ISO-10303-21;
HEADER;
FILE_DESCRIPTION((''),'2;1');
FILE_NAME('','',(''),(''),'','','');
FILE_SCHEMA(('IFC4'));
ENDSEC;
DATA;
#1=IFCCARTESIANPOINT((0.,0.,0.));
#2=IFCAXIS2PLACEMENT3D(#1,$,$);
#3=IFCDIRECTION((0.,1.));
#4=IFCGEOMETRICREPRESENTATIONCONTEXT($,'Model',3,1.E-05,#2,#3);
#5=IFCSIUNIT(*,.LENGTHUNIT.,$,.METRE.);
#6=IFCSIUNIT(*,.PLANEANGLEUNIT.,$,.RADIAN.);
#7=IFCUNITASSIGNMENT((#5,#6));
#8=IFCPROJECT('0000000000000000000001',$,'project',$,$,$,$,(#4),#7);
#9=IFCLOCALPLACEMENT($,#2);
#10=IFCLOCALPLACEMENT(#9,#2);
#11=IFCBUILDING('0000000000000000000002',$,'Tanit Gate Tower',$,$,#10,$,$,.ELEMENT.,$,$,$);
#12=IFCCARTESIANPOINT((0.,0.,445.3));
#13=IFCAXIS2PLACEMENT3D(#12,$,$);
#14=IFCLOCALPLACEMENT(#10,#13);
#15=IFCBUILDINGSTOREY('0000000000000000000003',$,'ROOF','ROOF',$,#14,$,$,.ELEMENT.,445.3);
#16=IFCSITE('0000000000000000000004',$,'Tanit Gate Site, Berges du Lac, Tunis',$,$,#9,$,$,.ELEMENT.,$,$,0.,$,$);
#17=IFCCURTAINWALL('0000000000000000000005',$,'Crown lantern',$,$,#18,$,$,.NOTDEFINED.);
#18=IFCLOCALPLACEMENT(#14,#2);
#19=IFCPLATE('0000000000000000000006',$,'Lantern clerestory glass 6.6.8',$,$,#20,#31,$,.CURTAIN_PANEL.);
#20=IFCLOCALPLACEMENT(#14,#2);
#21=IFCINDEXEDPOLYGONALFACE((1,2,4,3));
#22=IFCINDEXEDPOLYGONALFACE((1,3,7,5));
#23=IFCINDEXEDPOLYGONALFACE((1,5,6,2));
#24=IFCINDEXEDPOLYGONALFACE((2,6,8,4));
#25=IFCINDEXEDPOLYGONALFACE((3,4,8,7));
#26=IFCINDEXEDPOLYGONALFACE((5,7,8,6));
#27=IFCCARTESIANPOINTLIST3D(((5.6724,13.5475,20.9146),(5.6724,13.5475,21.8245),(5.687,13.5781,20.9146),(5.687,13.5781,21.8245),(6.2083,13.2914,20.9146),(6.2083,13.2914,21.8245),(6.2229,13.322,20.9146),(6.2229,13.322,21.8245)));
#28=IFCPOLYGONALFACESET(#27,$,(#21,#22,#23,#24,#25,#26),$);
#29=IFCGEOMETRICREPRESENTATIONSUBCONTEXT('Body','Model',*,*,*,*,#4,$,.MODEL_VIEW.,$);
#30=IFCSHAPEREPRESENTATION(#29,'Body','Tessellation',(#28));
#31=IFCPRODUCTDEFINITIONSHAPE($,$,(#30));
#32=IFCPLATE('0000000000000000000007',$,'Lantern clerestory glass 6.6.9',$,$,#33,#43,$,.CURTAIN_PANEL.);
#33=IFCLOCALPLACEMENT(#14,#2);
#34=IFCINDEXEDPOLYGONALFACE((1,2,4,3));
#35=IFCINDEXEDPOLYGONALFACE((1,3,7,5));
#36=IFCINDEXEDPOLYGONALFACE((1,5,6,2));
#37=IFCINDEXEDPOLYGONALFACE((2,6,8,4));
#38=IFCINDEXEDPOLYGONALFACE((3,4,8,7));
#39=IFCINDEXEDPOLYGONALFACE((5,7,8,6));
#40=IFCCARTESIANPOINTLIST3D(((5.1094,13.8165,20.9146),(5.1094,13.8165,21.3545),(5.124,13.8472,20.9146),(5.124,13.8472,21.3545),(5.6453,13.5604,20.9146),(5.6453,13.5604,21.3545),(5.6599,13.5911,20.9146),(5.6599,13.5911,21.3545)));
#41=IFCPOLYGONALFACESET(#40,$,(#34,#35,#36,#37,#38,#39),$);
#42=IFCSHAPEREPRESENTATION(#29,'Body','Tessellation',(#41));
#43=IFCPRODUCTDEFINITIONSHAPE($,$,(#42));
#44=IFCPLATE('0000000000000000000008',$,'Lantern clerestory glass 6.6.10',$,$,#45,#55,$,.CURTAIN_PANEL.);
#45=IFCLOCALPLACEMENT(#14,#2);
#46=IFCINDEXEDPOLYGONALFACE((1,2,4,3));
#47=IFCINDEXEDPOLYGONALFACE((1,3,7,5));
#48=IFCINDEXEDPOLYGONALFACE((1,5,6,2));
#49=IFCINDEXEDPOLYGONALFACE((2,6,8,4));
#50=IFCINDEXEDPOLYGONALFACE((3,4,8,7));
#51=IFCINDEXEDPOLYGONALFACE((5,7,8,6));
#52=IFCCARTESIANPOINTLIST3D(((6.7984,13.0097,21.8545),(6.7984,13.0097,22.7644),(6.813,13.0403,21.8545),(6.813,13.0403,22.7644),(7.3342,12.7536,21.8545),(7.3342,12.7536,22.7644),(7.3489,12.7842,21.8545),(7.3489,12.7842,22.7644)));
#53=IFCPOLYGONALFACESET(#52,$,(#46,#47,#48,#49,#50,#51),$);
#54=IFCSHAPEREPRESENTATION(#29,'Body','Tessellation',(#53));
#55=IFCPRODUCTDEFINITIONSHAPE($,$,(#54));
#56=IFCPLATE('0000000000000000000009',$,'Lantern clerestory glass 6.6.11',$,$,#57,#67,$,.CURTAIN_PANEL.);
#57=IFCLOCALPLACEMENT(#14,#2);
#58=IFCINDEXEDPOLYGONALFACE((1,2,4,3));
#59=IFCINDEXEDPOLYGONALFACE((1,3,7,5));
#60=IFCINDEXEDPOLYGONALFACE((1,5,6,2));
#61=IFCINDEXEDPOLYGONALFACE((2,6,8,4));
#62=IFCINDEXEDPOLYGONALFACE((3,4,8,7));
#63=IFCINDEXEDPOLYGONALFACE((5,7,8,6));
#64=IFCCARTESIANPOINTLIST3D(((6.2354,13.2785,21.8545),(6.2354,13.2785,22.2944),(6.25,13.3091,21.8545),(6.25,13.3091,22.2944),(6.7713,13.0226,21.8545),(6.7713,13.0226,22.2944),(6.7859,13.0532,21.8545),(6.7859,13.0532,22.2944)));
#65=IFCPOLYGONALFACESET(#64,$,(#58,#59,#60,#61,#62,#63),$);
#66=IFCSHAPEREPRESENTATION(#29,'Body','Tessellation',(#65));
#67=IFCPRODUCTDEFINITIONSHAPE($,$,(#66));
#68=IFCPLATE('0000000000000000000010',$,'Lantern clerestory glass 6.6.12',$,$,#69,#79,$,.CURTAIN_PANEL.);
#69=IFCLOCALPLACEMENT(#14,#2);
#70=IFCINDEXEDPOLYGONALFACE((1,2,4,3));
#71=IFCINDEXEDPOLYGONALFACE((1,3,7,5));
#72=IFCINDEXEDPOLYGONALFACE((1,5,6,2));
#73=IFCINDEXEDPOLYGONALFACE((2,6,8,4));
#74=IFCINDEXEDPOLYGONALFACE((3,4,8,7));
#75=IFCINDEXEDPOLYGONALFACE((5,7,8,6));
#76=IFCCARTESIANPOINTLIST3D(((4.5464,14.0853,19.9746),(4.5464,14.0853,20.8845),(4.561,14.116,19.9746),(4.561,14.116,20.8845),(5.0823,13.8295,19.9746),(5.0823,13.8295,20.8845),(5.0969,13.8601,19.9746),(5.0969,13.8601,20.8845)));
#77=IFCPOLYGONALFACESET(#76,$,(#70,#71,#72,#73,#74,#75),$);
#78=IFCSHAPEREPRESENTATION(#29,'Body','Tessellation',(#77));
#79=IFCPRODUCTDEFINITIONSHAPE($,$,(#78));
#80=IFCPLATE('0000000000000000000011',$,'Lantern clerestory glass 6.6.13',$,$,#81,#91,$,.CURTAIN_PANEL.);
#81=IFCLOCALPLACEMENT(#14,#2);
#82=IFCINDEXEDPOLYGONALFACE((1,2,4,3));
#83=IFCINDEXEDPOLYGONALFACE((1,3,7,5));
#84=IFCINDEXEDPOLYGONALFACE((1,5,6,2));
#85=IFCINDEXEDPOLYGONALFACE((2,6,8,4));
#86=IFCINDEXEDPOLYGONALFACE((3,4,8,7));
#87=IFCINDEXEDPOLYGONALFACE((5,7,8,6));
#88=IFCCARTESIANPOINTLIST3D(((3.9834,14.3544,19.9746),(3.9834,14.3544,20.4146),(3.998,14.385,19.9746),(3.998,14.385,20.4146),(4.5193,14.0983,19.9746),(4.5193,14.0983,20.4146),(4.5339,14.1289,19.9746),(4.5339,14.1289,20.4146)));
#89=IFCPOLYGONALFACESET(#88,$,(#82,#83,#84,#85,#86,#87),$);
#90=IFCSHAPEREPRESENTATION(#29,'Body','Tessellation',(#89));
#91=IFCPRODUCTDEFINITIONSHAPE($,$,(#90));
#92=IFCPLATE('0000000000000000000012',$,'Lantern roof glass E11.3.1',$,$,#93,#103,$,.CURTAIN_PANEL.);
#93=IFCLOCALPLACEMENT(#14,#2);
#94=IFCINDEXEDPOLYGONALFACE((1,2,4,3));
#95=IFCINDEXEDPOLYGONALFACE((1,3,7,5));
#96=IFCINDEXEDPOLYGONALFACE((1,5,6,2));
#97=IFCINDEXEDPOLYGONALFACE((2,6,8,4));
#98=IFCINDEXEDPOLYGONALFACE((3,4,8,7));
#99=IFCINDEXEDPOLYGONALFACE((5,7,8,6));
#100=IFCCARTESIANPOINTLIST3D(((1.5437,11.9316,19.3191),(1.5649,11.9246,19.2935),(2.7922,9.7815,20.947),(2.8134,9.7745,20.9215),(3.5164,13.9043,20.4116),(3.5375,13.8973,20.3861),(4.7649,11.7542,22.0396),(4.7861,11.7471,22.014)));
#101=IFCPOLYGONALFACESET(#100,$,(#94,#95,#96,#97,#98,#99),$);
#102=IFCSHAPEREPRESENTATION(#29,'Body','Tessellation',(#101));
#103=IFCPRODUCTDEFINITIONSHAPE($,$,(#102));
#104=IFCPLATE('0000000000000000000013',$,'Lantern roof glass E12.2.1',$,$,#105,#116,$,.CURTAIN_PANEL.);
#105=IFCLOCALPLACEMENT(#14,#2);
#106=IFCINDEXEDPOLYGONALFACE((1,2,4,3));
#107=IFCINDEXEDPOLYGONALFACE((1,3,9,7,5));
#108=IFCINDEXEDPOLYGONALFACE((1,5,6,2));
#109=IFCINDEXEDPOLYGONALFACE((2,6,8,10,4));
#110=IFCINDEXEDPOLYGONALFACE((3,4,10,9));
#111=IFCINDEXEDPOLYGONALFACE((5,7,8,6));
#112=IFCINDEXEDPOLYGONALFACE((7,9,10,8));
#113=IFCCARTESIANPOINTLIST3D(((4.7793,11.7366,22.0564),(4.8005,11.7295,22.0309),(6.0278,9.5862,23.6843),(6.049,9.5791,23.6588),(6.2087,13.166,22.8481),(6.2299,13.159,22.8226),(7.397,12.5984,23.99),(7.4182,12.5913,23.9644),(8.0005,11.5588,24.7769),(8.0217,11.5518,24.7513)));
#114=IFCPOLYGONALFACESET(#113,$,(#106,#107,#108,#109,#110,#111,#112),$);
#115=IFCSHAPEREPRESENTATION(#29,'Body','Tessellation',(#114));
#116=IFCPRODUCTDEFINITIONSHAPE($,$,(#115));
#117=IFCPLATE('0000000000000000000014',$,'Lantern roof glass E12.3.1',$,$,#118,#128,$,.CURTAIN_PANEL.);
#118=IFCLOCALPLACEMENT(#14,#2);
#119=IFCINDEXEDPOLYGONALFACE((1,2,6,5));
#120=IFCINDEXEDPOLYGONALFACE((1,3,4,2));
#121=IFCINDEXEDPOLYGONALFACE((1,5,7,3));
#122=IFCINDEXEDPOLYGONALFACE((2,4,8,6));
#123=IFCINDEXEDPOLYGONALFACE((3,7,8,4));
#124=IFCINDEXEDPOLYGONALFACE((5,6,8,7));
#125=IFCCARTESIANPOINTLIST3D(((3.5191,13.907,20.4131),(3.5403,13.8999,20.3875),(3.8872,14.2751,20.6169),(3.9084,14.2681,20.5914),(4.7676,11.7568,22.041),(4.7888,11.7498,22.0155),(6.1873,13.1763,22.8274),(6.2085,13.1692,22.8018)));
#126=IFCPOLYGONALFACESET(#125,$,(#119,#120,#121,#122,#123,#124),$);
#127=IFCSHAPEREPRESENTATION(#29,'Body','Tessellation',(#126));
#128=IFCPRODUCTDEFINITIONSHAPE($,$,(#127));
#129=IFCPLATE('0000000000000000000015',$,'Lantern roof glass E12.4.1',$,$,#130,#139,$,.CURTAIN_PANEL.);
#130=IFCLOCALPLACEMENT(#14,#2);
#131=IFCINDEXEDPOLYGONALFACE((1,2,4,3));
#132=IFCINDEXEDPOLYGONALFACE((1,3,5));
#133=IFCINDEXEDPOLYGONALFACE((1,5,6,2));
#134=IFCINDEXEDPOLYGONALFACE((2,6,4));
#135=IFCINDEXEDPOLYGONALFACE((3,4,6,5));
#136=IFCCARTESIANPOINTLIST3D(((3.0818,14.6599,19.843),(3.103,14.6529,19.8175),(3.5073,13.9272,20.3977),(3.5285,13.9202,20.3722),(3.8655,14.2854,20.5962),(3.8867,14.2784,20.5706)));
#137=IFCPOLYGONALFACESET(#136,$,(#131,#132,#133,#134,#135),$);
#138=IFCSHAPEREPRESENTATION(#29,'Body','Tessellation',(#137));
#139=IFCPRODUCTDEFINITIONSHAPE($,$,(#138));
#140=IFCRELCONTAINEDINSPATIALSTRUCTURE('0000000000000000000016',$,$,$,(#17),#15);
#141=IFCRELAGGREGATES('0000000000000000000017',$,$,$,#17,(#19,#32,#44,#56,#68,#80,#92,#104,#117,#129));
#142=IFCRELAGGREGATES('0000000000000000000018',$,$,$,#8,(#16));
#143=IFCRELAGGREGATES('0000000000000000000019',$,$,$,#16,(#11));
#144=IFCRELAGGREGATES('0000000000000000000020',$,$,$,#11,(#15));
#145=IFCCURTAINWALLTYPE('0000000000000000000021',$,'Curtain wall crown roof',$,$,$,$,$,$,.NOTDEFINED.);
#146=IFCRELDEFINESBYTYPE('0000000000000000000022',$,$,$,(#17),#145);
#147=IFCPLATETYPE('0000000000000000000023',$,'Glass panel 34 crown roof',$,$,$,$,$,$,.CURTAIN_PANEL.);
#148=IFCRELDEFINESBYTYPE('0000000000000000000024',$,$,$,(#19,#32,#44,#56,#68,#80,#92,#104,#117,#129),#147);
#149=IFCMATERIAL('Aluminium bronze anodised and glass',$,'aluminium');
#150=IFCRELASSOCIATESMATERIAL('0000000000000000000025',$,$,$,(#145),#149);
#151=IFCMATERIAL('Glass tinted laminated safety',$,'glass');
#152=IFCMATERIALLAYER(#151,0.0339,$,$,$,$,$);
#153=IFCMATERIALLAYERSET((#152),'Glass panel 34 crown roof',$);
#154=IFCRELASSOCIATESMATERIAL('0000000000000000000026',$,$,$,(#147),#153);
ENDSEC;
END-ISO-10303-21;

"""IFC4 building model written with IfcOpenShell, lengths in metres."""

from ifc_helpers import new_model, si_unit, direction, frame, origin, place, context, subcontext, project, spatial, polyline, outline, extrude, material, layer, layer_set, type_object, element, aggregate, save


model = new_model("IFC4")

# Units and contexts
model_context = context("Model", 3, precision=1e-05, world=origin(), true_north=direction((0.0, 1.0)))
body_context = subcontext(model_context, "Body", "Model", "MODEL_VIEW")
ifc_project = project(units=[si_unit("LENGTHUNIT", "METRE"), si_unit("PLANEANGLEUNIT", "RADIAN")], contexts=[model_context])

# Site, building, storey
site_placement = place(None, origin())
site = spatial("IfcSite", under=ifc_project, at=site_placement, Name="Tanit Gate Site, Berges du Lac, Tunis", CompositionType="ELEMENT", RefElevation=0.0)
building_placement = place(site_placement, origin())
building = spatial("IfcBuilding", under=site, at=building_placement, Name="Tanit Gate Tower", CompositionType="ELEMENT")
storey_placement = place(building_placement, frame((0.0, 0.0, 445.3)))
storey = spatial("IfcBuildingStorey", under=building, at=storey_placement, Name="ROOF", Description="ROOF", CompositionType="ELEMENT", Elevation=445.3)

# Curtain wall, plates
ifc_material_1 = material(Name="Aluminium bronze anodised and glass", Category="aluminium")
curtain_wall_type = type_object("IfcCurtainWallType", Name="Curtain wall crown roof", PredefinedType="NOTDEFINED", material=ifc_material_1)
curtain_wall_placement = place(storey_placement, origin())
curtain_wall = element("IfcCurtainWall", 1, at=curtain_wall_placement, inside=storey, type_object=curtain_wall_type, Name="Crown lantern", PredefinedType="NOTDEFINED")
ifc_material_2 = material(Name="Glass tinted laminated safety", Category="glass")
ifc_layer = layer(ifc_material_2, 0.0339)
ifc_layer_set = layer_set([ifc_layer], Name="Glass panel 34 crown roof")
plate_type = type_object("IfcPlateType", Name="Glass panel 34 crown roof", PredefinedType="CURTAIN_PANEL", material=ifc_layer_set)
plate_1_placement = place(storey_placement, frame((6.2229, 13.322, 20.9146), z_axis=(0.431194, 0.902259, 0.0), x_axis=(-0.902259, 0.431194, 0.0)))
plate_1 = element("IfcPlate", 2, at=plate_1_placement, type_object=plate_type, Name="Lantern clerestory glass 6.6.8", PredefinedType="CURTAIN_PANEL", context=body_context, shape_type="SweptSolid", body=[
    extrude(outline(polyline([(0.0, 0.0), (0.5939, 0.0), (0.5939, 0.9099), (0.0, 0.9099), (0.0, 0.0)])), origin(), (0.0, 0.0, -1.0), 0.0339),
])
plate_2_placement = place(storey_placement, frame((5.6599, 13.5911, 20.9146), z_axis=(0.431194, 0.902259, 0.0), x_axis=(-0.902259, 0.431194, 0.0)))
plate_2 = element("IfcPlate", 3, at=plate_2_placement, type_object=plate_type, Name="Lantern clerestory glass 6.6.9", PredefinedType="CURTAIN_PANEL", context=body_context, shape_type="SweptSolid", body=[
    extrude(outline(polyline([(0.0, 0.0), (0.5939, 0.0), (0.5939, 0.4399), (0.0, 0.4399), (0.0, 0.0)])), origin(), (0.0, 0.0, -1.0), 0.0339),
])
plate_3_placement = place(storey_placement, frame((7.3489, 12.7842, 21.8545), z_axis=(0.431194, 0.902259, 0.0), x_axis=(-0.902259, 0.431194, 0.0)))
plate_3 = element("IfcPlate", 4, at=plate_3_placement, type_object=plate_type, Name="Lantern clerestory glass 6.6.10", PredefinedType="CURTAIN_PANEL", context=body_context, shape_type="SweptSolid", body=[
    extrude(outline(polyline([(0.0, 0.0), (0.5939, 0.0), (0.5939, 0.9099), (0.0, 0.9099), (0.0, 0.0)])), origin(), (0.0, 0.0, -1.0), 0.0339),
])
plate_4_placement = place(storey_placement, frame((6.7859, 13.0532, 21.8545), z_axis=(0.430859, 0.902419, 0.0), x_axis=(-0.902419, 0.430859, 0.0)))
plate_4 = element("IfcPlate", 5, at=plate_4_placement, type_object=plate_type, Name="Lantern clerestory glass 6.6.11", PredefinedType="CURTAIN_PANEL", context=body_context, shape_type="SweptSolid", body=[
    extrude(outline(polyline([(0.0, 0.0), (0.5938, 0.0), (0.5938, 0.4399), (0.0, 0.4399), (0.0, 0.0)])), origin(), (0.0, 0.0, -1.0), 0.0339),
])
plate_5_placement = place(storey_placement, frame((5.0969, 13.8601, 19.9746), z_axis=(0.430859, 0.902419, 0.0), x_axis=(-0.902419, 0.430859, 0.0)))
plate_5 = element("IfcPlate", 6, at=plate_5_placement, type_object=plate_type, Name="Lantern clerestory glass 6.6.12", PredefinedType="CURTAIN_PANEL", context=body_context, shape_type="SweptSolid", body=[
    extrude(outline(polyline([(0.0, 0.0), (0.5938, 0.0), (0.5938, 0.9099), (0.0, 0.9099), (0.0, 0.0)])), origin(), (0.0, 0.0, -1.0), 0.0339),
])
plate_6_placement = place(storey_placement, frame((4.5339, 14.1289, 19.9746), z_axis=(0.431194, 0.902259, 0.0), x_axis=(-0.902259, 0.431194, 0.0)))
plate_6 = element("IfcPlate", 7, at=plate_6_placement, type_object=plate_type, Name="Lantern clerestory glass 6.6.13", PredefinedType="CURTAIN_PANEL", context=body_context, shape_type="SweptSolid", body=[
    extrude(outline(polyline([(0.0, 0.0), (0.5939, 0.0), (0.5939, 0.4399), (0.0, 0.4399), (0.0, 0.0)])), origin(), (0.0, 0.0, -1.0), 0.0339),
])
plate_7_placement = place(storey_placement, frame((3.5164, 13.9043, 20.4116), z_axis=(-0.624492, 0.207468, 0.752972), x_axis=(-0.658417, -0.658417, -0.364656)))
plate_7 = element("IfcPlate", 8, at=plate_7_placement, type_object=plate_type, Name="Lantern roof glass E11.3.1", PredefinedType="CURTAIN_PANEL", context=body_context, shape_type="SweptSolid", body=[
    extrude(outline(polyline([(0.0, 0.0), (2.9961, 0.0), (2.9961, 2.9719), (0.0, 2.9719), (0.0, 0.0)])), origin(), (0.0, 0.0, -1.0), 0.0339),
])
plate_8_placement = place(storey_placement, frame((6.2087, 13.166, 22.8481), z_axis=(-0.624489, 0.207437, 0.752983), x_axis=(-0.658416, -0.658407, -0.364676)))
plate_8 = element("IfcPlate", 9, at=plate_8_placement, type_object=plate_type, Name="Lantern roof glass E12.2.1", PredefinedType="CURTAIN_PANEL", context=body_context, shape_type="SweptSolid", body=[
    extrude(outline(polyline([(0.0, 0.0), (2.1711, 0.0), (2.1712, 2.9721), (-0.8249, 2.972), (-0.825, 1.5353), (0.0, 0.0)])), origin(), (0.0, 0.0, -1.0), 0.0339),
])
plate_9_placement = place(storey_placement, frame((3.8872, 14.2751, 20.6169), z_axis=(-0.624495, 0.207477, 0.752967), x_axis=(-0.658399, -0.658449, -0.36463)))
plate_9 = element("IfcPlate", 10, at=plate_9_placement, type_object=plate_type, Name="Lantern roof glass E12.3.1", PredefinedType="CURTAIN_PANEL", context=body_context, shape_type="SweptSolid", body=[
    extrude(outline(polyline([(0.0, 0.0), (0.5591, 0.0), (0.5593, 2.9719), (-1.5968, 2.9722), (0.0, 0.0)])), origin(), (0.0, 0.0, -1.0), 0.0339),
])
plate_10_placement = place(storey_placement, frame((3.5073, 13.9272, 20.3977), z_axis=(-0.624572, 0.207291, 0.752954), x_axis=(0.658361, 0.658361, 0.364859)))
plate_10 = element("IfcPlate", 11, at=plate_10_placement, type_object=plate_type, Name="Lantern roof glass E12.4.1", PredefinedType="CURTAIN_PANEL", context=body_context, shape_type="SweptSolid", body=[
    extrude(outline(polyline([(0.0, 0.0), (0.544, 0.0), (-0.0002, 1.0127), (0.0, 0.0)])), origin(), (0.0, 0.0, -1.0), 0.0339),
])
aggregate(curtain_wall, [plate_1, plate_2, plate_3, plate_4, plate_5, plate_6, plate_7, plate_8, plate_9, plate_10])

save(model, "model.ifc")
